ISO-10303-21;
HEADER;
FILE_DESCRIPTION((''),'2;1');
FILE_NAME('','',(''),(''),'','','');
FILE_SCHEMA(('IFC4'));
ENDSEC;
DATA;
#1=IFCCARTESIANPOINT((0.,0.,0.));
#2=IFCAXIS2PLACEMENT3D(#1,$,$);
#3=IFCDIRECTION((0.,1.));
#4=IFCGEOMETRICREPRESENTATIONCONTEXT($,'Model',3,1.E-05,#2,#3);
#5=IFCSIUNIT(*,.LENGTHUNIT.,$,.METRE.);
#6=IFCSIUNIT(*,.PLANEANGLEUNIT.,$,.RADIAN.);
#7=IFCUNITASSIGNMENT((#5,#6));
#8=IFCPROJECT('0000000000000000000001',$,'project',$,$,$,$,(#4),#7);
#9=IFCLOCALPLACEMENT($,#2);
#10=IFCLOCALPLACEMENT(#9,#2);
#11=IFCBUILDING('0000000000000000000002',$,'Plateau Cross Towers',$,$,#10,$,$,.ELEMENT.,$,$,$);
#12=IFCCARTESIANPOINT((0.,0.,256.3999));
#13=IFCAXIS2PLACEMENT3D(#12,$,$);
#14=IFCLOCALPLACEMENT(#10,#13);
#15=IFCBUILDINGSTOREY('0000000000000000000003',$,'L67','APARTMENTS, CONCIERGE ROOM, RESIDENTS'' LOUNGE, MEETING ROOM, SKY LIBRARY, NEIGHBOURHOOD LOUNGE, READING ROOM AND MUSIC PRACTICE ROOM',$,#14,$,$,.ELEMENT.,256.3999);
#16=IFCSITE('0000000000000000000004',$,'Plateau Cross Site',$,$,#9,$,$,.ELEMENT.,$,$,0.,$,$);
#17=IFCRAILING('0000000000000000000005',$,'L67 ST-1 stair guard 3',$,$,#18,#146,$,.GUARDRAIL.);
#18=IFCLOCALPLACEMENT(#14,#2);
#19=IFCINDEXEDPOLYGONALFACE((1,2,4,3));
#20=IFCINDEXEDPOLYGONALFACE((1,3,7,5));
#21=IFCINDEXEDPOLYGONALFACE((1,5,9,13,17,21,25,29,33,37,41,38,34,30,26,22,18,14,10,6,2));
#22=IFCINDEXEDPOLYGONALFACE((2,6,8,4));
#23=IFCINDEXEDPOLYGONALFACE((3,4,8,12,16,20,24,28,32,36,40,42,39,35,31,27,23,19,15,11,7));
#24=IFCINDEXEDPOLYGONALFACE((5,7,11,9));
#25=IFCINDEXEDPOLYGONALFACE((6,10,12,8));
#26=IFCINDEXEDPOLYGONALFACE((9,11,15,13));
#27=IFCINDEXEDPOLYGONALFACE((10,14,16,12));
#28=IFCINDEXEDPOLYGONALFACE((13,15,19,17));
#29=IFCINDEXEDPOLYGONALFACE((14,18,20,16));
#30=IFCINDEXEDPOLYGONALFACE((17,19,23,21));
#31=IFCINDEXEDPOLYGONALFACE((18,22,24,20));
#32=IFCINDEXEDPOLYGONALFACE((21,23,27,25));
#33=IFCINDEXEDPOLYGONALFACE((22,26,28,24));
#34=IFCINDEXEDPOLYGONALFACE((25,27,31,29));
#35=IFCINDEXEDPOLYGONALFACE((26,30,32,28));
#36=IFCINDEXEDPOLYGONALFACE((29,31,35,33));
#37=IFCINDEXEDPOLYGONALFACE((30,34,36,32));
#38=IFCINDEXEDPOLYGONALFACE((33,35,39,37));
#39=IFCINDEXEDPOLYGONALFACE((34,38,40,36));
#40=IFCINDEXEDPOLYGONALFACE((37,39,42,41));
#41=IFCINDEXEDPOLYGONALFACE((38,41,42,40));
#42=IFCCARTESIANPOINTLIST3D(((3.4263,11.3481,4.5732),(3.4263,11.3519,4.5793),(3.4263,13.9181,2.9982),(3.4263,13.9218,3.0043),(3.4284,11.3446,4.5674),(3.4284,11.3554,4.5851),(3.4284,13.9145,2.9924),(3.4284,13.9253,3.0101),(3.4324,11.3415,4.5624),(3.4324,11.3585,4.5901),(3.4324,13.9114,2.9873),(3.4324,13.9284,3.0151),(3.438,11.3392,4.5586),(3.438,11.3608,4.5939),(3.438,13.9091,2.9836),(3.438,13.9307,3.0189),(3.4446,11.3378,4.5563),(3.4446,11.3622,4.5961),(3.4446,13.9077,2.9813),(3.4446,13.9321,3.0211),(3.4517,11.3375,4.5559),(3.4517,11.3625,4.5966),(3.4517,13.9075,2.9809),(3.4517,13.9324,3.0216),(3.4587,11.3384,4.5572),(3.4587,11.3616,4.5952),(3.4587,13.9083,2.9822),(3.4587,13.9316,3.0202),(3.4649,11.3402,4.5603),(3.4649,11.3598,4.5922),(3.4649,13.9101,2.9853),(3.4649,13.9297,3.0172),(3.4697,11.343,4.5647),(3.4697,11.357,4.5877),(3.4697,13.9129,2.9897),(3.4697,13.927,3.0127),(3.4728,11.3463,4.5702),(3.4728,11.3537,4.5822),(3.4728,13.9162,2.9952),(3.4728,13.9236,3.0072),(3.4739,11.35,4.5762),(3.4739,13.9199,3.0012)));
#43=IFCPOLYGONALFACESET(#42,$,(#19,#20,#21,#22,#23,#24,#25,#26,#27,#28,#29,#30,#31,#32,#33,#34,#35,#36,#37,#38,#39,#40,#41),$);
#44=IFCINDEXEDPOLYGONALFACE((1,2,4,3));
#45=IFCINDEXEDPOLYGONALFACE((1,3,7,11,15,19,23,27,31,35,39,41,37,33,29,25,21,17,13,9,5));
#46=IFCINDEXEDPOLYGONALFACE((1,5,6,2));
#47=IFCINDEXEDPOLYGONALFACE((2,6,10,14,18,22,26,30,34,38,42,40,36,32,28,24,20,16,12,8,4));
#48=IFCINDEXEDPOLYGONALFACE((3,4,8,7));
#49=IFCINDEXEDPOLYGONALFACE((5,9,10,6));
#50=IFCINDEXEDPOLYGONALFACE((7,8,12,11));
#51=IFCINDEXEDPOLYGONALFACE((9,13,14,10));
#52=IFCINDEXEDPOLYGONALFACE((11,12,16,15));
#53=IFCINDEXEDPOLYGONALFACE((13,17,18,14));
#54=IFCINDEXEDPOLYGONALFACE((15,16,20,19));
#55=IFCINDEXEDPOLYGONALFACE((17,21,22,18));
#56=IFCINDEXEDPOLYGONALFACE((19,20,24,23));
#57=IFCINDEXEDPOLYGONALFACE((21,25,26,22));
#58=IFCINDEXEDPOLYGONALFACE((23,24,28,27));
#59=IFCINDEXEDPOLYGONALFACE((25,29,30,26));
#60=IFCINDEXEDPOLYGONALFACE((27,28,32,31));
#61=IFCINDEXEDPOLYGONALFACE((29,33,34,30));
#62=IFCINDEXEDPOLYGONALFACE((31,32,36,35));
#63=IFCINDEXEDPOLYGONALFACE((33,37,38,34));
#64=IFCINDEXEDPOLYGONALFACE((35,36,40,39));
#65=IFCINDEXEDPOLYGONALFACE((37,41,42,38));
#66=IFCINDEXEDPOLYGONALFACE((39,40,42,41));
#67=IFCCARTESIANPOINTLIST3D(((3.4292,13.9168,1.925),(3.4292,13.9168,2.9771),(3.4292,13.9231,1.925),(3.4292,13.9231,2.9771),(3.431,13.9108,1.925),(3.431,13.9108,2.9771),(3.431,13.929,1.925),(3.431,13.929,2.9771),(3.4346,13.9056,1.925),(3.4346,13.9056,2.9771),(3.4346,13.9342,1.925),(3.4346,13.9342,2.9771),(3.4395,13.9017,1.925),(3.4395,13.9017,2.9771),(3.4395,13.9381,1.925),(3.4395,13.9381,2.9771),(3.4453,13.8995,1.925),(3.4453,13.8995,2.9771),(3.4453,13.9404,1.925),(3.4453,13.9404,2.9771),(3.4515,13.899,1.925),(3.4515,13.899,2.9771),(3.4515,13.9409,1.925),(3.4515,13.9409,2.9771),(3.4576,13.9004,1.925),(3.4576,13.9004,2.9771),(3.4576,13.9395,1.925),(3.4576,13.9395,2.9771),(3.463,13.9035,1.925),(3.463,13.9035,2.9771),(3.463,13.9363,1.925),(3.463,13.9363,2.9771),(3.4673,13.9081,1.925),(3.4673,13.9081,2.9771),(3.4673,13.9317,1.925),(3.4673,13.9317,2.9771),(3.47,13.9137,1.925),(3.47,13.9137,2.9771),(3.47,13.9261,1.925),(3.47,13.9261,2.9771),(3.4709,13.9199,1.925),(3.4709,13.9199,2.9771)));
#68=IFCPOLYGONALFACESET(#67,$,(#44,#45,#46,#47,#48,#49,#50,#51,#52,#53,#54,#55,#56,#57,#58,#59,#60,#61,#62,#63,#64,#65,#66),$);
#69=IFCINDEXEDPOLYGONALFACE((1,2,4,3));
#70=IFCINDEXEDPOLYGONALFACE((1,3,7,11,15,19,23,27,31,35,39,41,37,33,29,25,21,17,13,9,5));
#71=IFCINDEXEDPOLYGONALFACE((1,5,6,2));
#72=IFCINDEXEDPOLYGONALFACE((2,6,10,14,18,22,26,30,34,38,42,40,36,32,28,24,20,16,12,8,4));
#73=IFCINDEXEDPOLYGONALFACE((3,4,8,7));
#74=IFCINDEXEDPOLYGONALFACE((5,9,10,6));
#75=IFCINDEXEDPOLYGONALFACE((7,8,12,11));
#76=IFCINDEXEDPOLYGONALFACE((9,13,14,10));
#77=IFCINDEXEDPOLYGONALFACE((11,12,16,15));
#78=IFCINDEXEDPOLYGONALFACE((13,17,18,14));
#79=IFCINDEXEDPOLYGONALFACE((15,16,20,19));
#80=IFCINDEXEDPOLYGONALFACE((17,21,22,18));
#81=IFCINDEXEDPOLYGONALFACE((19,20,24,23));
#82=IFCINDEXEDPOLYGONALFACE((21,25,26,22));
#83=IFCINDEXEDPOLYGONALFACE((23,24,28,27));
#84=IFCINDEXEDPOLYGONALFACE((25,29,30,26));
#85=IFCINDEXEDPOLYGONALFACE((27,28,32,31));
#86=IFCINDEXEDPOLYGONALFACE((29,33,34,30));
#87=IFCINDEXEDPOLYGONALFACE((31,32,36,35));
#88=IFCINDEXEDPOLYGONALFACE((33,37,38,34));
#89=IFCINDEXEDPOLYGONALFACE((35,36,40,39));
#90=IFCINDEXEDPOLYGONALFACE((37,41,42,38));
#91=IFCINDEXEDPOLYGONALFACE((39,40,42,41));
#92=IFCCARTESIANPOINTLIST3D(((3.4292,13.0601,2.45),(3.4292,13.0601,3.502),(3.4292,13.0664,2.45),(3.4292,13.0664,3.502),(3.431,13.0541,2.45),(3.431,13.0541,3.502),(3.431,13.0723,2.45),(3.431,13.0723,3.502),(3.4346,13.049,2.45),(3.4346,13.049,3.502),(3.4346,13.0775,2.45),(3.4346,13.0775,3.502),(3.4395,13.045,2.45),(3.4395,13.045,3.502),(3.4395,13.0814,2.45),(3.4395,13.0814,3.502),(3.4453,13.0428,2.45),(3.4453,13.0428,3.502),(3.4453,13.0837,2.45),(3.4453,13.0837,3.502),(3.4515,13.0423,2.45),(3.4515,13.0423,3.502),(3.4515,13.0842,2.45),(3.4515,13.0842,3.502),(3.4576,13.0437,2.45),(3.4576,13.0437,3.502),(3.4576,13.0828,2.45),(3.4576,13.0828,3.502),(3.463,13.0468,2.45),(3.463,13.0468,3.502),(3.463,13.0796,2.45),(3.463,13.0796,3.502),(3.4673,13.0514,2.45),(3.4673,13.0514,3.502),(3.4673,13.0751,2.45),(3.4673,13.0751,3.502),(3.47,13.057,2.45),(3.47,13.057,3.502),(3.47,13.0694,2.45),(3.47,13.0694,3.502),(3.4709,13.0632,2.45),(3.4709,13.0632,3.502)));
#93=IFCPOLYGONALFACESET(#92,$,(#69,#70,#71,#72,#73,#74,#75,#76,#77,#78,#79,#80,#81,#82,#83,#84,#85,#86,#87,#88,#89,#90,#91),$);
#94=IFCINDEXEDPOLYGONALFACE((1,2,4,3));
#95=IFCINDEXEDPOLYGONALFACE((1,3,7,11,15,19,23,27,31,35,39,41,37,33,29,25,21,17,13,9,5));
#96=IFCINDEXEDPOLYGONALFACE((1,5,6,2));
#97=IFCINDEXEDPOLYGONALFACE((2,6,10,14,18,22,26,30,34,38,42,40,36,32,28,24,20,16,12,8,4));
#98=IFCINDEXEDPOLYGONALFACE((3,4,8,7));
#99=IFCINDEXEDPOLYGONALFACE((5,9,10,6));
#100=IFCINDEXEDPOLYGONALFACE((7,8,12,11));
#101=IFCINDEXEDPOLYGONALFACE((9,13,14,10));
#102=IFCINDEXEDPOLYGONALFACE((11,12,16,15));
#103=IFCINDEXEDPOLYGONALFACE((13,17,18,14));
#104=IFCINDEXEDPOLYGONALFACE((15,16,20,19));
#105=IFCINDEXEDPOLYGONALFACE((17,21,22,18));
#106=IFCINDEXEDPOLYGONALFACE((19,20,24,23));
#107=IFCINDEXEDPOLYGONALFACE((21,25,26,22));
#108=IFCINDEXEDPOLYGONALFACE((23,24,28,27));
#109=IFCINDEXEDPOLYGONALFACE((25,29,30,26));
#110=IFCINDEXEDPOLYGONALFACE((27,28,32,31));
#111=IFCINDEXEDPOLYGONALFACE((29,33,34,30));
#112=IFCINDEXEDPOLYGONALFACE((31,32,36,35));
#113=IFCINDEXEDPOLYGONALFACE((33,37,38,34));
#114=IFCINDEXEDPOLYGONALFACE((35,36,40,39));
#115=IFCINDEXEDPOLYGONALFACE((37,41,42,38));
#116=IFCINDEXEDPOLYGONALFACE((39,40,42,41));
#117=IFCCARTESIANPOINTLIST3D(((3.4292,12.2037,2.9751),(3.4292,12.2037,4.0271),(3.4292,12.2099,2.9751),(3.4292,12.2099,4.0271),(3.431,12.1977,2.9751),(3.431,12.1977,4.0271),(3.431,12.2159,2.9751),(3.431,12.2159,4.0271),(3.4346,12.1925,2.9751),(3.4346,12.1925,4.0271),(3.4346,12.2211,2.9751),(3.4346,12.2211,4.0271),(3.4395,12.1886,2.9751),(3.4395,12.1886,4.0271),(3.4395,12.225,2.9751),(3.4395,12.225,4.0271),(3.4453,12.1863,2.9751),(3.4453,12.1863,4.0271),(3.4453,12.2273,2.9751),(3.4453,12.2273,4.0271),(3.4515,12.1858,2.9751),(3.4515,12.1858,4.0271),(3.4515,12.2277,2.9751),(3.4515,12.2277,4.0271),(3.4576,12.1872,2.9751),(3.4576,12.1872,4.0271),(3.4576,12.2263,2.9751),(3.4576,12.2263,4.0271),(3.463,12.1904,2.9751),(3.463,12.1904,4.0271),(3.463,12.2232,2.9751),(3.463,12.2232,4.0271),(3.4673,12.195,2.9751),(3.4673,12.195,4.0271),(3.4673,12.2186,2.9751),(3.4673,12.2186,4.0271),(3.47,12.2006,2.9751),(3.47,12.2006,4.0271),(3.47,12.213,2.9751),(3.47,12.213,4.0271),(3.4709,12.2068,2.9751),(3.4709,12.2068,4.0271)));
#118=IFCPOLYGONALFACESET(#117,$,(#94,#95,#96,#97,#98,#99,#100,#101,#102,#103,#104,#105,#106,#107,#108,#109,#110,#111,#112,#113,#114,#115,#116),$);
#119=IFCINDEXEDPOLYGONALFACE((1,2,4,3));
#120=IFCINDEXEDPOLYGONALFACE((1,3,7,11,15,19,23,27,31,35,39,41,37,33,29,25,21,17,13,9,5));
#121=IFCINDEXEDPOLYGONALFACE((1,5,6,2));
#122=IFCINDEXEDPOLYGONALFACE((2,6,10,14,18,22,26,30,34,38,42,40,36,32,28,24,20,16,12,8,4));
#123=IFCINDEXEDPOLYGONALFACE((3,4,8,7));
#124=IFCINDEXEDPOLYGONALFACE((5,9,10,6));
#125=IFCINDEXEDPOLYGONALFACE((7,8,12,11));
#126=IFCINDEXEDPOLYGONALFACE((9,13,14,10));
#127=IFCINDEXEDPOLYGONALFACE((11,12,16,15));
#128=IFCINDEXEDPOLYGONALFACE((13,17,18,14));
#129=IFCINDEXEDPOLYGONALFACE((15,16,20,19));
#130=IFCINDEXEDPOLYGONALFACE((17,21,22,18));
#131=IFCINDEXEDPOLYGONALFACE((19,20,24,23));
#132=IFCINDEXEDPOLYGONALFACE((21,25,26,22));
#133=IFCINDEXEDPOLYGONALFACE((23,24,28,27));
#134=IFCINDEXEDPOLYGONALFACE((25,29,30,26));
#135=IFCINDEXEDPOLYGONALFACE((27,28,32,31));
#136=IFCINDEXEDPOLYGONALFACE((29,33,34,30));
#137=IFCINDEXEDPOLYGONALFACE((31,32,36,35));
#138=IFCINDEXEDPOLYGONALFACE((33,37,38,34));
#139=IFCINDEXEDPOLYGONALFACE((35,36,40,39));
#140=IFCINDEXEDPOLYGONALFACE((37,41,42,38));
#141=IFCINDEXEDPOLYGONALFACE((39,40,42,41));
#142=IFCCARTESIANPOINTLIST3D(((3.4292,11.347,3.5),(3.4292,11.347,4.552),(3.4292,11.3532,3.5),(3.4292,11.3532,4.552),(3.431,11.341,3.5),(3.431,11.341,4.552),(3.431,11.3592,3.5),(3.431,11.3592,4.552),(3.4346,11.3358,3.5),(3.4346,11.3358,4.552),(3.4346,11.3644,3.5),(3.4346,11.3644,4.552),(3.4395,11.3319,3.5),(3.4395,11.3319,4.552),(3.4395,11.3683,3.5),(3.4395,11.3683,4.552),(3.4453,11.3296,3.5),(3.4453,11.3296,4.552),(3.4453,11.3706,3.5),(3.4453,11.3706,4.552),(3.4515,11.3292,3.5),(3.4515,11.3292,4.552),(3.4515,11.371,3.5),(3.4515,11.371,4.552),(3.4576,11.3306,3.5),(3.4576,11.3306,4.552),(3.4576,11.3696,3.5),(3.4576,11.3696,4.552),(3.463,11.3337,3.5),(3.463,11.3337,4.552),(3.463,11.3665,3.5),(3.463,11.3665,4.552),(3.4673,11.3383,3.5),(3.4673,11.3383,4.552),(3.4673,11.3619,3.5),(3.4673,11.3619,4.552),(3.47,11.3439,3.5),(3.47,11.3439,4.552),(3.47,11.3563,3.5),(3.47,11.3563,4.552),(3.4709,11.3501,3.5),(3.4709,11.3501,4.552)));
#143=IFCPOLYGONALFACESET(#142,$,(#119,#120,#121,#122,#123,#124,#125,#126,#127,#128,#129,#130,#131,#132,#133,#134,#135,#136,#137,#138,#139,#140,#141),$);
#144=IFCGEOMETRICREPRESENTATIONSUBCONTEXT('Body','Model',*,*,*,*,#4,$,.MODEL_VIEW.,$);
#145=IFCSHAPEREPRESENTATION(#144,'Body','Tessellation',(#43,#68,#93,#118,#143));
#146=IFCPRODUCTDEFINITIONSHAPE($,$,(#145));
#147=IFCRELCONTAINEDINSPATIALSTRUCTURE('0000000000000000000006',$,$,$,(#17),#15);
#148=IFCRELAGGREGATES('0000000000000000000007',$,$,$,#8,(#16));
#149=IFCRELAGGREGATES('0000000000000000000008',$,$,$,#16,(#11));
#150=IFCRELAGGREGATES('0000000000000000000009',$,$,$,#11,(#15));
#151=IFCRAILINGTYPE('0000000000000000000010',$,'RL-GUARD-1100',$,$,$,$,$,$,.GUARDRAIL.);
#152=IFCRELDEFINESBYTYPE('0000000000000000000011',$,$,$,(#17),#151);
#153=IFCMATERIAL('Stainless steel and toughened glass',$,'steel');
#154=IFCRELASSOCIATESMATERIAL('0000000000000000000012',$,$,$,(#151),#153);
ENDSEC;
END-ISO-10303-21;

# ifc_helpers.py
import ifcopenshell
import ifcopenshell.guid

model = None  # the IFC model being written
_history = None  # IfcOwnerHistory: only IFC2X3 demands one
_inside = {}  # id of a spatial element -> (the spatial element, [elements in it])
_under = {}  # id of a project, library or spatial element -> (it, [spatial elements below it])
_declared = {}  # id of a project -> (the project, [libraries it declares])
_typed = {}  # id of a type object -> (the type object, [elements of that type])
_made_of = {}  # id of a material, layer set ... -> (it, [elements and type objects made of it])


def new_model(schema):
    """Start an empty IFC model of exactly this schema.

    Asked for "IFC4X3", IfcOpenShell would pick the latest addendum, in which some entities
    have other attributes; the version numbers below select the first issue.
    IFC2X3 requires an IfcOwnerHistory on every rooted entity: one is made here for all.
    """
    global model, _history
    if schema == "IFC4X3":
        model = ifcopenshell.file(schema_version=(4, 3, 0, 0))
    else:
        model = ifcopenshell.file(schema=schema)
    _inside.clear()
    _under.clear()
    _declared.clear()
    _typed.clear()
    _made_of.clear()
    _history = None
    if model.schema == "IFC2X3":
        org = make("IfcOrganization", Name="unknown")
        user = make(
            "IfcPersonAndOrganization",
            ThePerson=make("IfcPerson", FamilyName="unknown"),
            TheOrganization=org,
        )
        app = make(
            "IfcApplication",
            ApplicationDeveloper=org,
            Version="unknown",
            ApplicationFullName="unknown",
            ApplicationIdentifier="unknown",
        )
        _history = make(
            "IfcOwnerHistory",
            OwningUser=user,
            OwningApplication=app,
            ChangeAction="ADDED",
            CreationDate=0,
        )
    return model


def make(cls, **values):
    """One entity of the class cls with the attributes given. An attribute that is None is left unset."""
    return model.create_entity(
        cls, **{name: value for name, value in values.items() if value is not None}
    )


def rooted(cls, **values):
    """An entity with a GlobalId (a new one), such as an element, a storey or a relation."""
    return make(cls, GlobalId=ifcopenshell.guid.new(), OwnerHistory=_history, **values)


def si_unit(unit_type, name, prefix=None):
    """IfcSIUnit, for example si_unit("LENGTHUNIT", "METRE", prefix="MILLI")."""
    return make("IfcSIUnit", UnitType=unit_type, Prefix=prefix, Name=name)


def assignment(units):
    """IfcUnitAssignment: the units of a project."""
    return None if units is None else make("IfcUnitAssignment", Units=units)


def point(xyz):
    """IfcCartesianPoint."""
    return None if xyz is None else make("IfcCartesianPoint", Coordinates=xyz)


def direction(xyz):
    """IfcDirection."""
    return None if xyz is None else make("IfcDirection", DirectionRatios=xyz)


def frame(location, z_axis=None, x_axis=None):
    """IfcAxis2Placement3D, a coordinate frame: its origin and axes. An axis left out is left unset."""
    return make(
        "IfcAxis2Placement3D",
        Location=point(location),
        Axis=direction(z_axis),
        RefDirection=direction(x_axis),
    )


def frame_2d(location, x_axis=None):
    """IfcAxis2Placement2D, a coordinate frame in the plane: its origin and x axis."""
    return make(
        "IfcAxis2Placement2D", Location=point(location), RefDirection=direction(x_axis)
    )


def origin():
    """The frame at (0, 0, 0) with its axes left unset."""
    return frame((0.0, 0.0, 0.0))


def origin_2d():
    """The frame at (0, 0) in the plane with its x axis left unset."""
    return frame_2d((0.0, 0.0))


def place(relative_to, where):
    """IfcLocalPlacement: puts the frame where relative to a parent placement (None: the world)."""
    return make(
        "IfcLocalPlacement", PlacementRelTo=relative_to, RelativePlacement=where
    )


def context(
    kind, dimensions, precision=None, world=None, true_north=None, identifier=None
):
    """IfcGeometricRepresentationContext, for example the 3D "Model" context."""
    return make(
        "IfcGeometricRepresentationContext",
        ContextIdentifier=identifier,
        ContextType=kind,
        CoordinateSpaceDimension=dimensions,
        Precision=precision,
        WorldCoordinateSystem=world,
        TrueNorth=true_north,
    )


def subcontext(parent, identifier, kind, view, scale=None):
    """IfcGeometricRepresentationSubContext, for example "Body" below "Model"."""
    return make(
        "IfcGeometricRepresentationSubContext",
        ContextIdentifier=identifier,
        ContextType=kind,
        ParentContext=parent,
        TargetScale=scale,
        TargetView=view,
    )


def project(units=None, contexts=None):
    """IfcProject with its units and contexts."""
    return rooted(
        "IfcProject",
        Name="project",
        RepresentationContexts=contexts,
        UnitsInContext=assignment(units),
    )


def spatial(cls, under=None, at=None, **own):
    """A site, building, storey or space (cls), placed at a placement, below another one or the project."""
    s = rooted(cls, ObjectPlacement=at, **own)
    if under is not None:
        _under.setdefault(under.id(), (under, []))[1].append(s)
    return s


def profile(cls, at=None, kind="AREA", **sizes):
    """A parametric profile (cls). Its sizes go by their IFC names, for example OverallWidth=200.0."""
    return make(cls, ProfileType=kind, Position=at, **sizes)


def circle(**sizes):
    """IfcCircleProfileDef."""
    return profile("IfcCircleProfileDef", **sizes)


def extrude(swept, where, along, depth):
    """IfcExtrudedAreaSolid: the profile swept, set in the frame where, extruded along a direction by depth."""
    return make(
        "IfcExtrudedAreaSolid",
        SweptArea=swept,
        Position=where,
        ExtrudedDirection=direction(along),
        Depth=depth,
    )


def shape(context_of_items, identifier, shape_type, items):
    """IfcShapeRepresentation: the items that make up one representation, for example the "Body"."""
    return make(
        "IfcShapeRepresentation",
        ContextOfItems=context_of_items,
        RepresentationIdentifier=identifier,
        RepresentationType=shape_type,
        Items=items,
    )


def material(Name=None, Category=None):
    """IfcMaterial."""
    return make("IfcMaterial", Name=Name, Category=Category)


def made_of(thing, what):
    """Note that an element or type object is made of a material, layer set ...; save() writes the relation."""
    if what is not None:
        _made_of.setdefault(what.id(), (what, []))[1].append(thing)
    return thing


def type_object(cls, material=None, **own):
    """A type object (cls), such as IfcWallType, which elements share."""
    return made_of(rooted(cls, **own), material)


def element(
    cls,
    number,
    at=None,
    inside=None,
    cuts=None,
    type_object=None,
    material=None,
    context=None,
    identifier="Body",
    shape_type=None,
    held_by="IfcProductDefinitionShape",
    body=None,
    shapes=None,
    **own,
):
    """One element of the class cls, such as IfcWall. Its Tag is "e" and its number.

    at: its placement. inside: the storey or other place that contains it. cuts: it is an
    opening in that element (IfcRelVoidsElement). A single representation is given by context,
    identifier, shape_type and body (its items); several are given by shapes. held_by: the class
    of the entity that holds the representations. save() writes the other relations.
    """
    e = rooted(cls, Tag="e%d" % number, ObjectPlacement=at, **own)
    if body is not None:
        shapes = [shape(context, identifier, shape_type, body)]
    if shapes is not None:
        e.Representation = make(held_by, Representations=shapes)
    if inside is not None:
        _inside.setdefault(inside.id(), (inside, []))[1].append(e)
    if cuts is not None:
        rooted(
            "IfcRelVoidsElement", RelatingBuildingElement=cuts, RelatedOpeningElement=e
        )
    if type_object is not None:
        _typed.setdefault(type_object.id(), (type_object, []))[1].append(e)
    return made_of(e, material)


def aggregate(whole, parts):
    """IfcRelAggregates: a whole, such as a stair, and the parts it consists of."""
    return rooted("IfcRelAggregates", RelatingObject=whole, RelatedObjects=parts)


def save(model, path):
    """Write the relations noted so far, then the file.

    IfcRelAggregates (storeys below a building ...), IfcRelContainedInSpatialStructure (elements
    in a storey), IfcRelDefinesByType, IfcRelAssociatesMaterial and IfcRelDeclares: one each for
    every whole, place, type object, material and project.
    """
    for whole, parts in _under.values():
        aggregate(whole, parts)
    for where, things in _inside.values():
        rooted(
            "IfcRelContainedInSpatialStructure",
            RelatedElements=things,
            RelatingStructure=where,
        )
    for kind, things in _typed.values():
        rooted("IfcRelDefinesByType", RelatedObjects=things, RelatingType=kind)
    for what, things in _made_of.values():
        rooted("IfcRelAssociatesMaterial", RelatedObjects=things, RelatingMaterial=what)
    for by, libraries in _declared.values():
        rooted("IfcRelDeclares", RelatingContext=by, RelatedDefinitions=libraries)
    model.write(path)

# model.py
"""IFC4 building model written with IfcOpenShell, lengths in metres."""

from ifc_helpers import new_model, si_unit, direction, frame, origin, origin_2d, place, context, subcontext, project, spatial, circle, extrude, material, type_object, element, save


model = new_model("IFC4")

# Units and contexts
model_context = context("Model", 3, precision=1e-05, world=origin(), true_north=direction((0.0, 1.0)))
body_context = subcontext(model_context, "Body", "Model", "MODEL_VIEW")
ifc_project = project(units=[si_unit("LENGTHUNIT", "METRE"), si_unit("PLANEANGLEUNIT", "RADIAN")], contexts=[model_context])

# Site, building, storey
site_placement = place(None, origin())
site = spatial("IfcSite", under=ifc_project, at=site_placement, Name="Plateau Cross Site", CompositionType="ELEMENT", RefElevation=0.0)
building_placement = place(site_placement, origin())
building = spatial("IfcBuilding", under=site, at=building_placement, Name="Plateau Cross Towers", CompositionType="ELEMENT")
storey_placement = place(building_placement, frame((0.0, 0.0, 256.3999)))
storey = spatial("IfcBuildingStorey", under=building, at=storey_placement, Name="L67", Description="APARTMENTS, CONCIERGE ROOM, RESIDENTS' LOUNGE, MEETING ROOM, SKY LIBRARY, NEIGHBOURHOOD LOUNGE, READING ROOM AND MUSIC PRACTICE ROOM", CompositionType="ELEMENT", Elevation=256.3999)

# Railing
ifc_material_1 = material(Name="Stainless steel and toughened glass", Category="steel")
railing_type_1 = type_object("IfcRailingType", Name="RL-GUARD-1100", PredefinedType="GUARDRAIL", material=ifc_material_1)
railing_1_placement = place(storey_placement, frame((3.45, 13.9199, 1.925)))
element("IfcRailing", 1, at=railing_1_placement, inside=storey, type_object=railing_type_1, Name="L67 ST-1 stair guard 3", PredefinedType="GUARDRAIL", context=body_context, shape_type="SweptSolid", body=[
    extrude(circle(Radius=0.0239, at=origin_2d()), frame((0.0, 0.0, 1.0762), z_axis=(0.0, -0.852616, 0.522537), x_axis=(1.0, 0.0, 0.0)), (0.0, 0.0, 1.0), 3.0142),
    extrude(circle(Radius=0.021, at=origin_2d()), origin(), (0.0, 0.0, 1.0), 1.052),
    extrude(circle(Radius=0.021, at=origin_2d()), frame((0.0, -0.8567, 0.5249)), (0.0, 0.0, 1.0), 1.052),
    extrude(circle(Radius=0.021, at=origin_2d()), frame((0.0, -1.7131, 1.05)), (0.0, 0.0, 1.0), 1.052),
    extrude(circle(Radius=0.021, at=origin_2d()), frame((0.0, -2.5698, 1.575)), (0.0, 0.0, 1.0), 1.052),
])

save(model, "model.ifc")
